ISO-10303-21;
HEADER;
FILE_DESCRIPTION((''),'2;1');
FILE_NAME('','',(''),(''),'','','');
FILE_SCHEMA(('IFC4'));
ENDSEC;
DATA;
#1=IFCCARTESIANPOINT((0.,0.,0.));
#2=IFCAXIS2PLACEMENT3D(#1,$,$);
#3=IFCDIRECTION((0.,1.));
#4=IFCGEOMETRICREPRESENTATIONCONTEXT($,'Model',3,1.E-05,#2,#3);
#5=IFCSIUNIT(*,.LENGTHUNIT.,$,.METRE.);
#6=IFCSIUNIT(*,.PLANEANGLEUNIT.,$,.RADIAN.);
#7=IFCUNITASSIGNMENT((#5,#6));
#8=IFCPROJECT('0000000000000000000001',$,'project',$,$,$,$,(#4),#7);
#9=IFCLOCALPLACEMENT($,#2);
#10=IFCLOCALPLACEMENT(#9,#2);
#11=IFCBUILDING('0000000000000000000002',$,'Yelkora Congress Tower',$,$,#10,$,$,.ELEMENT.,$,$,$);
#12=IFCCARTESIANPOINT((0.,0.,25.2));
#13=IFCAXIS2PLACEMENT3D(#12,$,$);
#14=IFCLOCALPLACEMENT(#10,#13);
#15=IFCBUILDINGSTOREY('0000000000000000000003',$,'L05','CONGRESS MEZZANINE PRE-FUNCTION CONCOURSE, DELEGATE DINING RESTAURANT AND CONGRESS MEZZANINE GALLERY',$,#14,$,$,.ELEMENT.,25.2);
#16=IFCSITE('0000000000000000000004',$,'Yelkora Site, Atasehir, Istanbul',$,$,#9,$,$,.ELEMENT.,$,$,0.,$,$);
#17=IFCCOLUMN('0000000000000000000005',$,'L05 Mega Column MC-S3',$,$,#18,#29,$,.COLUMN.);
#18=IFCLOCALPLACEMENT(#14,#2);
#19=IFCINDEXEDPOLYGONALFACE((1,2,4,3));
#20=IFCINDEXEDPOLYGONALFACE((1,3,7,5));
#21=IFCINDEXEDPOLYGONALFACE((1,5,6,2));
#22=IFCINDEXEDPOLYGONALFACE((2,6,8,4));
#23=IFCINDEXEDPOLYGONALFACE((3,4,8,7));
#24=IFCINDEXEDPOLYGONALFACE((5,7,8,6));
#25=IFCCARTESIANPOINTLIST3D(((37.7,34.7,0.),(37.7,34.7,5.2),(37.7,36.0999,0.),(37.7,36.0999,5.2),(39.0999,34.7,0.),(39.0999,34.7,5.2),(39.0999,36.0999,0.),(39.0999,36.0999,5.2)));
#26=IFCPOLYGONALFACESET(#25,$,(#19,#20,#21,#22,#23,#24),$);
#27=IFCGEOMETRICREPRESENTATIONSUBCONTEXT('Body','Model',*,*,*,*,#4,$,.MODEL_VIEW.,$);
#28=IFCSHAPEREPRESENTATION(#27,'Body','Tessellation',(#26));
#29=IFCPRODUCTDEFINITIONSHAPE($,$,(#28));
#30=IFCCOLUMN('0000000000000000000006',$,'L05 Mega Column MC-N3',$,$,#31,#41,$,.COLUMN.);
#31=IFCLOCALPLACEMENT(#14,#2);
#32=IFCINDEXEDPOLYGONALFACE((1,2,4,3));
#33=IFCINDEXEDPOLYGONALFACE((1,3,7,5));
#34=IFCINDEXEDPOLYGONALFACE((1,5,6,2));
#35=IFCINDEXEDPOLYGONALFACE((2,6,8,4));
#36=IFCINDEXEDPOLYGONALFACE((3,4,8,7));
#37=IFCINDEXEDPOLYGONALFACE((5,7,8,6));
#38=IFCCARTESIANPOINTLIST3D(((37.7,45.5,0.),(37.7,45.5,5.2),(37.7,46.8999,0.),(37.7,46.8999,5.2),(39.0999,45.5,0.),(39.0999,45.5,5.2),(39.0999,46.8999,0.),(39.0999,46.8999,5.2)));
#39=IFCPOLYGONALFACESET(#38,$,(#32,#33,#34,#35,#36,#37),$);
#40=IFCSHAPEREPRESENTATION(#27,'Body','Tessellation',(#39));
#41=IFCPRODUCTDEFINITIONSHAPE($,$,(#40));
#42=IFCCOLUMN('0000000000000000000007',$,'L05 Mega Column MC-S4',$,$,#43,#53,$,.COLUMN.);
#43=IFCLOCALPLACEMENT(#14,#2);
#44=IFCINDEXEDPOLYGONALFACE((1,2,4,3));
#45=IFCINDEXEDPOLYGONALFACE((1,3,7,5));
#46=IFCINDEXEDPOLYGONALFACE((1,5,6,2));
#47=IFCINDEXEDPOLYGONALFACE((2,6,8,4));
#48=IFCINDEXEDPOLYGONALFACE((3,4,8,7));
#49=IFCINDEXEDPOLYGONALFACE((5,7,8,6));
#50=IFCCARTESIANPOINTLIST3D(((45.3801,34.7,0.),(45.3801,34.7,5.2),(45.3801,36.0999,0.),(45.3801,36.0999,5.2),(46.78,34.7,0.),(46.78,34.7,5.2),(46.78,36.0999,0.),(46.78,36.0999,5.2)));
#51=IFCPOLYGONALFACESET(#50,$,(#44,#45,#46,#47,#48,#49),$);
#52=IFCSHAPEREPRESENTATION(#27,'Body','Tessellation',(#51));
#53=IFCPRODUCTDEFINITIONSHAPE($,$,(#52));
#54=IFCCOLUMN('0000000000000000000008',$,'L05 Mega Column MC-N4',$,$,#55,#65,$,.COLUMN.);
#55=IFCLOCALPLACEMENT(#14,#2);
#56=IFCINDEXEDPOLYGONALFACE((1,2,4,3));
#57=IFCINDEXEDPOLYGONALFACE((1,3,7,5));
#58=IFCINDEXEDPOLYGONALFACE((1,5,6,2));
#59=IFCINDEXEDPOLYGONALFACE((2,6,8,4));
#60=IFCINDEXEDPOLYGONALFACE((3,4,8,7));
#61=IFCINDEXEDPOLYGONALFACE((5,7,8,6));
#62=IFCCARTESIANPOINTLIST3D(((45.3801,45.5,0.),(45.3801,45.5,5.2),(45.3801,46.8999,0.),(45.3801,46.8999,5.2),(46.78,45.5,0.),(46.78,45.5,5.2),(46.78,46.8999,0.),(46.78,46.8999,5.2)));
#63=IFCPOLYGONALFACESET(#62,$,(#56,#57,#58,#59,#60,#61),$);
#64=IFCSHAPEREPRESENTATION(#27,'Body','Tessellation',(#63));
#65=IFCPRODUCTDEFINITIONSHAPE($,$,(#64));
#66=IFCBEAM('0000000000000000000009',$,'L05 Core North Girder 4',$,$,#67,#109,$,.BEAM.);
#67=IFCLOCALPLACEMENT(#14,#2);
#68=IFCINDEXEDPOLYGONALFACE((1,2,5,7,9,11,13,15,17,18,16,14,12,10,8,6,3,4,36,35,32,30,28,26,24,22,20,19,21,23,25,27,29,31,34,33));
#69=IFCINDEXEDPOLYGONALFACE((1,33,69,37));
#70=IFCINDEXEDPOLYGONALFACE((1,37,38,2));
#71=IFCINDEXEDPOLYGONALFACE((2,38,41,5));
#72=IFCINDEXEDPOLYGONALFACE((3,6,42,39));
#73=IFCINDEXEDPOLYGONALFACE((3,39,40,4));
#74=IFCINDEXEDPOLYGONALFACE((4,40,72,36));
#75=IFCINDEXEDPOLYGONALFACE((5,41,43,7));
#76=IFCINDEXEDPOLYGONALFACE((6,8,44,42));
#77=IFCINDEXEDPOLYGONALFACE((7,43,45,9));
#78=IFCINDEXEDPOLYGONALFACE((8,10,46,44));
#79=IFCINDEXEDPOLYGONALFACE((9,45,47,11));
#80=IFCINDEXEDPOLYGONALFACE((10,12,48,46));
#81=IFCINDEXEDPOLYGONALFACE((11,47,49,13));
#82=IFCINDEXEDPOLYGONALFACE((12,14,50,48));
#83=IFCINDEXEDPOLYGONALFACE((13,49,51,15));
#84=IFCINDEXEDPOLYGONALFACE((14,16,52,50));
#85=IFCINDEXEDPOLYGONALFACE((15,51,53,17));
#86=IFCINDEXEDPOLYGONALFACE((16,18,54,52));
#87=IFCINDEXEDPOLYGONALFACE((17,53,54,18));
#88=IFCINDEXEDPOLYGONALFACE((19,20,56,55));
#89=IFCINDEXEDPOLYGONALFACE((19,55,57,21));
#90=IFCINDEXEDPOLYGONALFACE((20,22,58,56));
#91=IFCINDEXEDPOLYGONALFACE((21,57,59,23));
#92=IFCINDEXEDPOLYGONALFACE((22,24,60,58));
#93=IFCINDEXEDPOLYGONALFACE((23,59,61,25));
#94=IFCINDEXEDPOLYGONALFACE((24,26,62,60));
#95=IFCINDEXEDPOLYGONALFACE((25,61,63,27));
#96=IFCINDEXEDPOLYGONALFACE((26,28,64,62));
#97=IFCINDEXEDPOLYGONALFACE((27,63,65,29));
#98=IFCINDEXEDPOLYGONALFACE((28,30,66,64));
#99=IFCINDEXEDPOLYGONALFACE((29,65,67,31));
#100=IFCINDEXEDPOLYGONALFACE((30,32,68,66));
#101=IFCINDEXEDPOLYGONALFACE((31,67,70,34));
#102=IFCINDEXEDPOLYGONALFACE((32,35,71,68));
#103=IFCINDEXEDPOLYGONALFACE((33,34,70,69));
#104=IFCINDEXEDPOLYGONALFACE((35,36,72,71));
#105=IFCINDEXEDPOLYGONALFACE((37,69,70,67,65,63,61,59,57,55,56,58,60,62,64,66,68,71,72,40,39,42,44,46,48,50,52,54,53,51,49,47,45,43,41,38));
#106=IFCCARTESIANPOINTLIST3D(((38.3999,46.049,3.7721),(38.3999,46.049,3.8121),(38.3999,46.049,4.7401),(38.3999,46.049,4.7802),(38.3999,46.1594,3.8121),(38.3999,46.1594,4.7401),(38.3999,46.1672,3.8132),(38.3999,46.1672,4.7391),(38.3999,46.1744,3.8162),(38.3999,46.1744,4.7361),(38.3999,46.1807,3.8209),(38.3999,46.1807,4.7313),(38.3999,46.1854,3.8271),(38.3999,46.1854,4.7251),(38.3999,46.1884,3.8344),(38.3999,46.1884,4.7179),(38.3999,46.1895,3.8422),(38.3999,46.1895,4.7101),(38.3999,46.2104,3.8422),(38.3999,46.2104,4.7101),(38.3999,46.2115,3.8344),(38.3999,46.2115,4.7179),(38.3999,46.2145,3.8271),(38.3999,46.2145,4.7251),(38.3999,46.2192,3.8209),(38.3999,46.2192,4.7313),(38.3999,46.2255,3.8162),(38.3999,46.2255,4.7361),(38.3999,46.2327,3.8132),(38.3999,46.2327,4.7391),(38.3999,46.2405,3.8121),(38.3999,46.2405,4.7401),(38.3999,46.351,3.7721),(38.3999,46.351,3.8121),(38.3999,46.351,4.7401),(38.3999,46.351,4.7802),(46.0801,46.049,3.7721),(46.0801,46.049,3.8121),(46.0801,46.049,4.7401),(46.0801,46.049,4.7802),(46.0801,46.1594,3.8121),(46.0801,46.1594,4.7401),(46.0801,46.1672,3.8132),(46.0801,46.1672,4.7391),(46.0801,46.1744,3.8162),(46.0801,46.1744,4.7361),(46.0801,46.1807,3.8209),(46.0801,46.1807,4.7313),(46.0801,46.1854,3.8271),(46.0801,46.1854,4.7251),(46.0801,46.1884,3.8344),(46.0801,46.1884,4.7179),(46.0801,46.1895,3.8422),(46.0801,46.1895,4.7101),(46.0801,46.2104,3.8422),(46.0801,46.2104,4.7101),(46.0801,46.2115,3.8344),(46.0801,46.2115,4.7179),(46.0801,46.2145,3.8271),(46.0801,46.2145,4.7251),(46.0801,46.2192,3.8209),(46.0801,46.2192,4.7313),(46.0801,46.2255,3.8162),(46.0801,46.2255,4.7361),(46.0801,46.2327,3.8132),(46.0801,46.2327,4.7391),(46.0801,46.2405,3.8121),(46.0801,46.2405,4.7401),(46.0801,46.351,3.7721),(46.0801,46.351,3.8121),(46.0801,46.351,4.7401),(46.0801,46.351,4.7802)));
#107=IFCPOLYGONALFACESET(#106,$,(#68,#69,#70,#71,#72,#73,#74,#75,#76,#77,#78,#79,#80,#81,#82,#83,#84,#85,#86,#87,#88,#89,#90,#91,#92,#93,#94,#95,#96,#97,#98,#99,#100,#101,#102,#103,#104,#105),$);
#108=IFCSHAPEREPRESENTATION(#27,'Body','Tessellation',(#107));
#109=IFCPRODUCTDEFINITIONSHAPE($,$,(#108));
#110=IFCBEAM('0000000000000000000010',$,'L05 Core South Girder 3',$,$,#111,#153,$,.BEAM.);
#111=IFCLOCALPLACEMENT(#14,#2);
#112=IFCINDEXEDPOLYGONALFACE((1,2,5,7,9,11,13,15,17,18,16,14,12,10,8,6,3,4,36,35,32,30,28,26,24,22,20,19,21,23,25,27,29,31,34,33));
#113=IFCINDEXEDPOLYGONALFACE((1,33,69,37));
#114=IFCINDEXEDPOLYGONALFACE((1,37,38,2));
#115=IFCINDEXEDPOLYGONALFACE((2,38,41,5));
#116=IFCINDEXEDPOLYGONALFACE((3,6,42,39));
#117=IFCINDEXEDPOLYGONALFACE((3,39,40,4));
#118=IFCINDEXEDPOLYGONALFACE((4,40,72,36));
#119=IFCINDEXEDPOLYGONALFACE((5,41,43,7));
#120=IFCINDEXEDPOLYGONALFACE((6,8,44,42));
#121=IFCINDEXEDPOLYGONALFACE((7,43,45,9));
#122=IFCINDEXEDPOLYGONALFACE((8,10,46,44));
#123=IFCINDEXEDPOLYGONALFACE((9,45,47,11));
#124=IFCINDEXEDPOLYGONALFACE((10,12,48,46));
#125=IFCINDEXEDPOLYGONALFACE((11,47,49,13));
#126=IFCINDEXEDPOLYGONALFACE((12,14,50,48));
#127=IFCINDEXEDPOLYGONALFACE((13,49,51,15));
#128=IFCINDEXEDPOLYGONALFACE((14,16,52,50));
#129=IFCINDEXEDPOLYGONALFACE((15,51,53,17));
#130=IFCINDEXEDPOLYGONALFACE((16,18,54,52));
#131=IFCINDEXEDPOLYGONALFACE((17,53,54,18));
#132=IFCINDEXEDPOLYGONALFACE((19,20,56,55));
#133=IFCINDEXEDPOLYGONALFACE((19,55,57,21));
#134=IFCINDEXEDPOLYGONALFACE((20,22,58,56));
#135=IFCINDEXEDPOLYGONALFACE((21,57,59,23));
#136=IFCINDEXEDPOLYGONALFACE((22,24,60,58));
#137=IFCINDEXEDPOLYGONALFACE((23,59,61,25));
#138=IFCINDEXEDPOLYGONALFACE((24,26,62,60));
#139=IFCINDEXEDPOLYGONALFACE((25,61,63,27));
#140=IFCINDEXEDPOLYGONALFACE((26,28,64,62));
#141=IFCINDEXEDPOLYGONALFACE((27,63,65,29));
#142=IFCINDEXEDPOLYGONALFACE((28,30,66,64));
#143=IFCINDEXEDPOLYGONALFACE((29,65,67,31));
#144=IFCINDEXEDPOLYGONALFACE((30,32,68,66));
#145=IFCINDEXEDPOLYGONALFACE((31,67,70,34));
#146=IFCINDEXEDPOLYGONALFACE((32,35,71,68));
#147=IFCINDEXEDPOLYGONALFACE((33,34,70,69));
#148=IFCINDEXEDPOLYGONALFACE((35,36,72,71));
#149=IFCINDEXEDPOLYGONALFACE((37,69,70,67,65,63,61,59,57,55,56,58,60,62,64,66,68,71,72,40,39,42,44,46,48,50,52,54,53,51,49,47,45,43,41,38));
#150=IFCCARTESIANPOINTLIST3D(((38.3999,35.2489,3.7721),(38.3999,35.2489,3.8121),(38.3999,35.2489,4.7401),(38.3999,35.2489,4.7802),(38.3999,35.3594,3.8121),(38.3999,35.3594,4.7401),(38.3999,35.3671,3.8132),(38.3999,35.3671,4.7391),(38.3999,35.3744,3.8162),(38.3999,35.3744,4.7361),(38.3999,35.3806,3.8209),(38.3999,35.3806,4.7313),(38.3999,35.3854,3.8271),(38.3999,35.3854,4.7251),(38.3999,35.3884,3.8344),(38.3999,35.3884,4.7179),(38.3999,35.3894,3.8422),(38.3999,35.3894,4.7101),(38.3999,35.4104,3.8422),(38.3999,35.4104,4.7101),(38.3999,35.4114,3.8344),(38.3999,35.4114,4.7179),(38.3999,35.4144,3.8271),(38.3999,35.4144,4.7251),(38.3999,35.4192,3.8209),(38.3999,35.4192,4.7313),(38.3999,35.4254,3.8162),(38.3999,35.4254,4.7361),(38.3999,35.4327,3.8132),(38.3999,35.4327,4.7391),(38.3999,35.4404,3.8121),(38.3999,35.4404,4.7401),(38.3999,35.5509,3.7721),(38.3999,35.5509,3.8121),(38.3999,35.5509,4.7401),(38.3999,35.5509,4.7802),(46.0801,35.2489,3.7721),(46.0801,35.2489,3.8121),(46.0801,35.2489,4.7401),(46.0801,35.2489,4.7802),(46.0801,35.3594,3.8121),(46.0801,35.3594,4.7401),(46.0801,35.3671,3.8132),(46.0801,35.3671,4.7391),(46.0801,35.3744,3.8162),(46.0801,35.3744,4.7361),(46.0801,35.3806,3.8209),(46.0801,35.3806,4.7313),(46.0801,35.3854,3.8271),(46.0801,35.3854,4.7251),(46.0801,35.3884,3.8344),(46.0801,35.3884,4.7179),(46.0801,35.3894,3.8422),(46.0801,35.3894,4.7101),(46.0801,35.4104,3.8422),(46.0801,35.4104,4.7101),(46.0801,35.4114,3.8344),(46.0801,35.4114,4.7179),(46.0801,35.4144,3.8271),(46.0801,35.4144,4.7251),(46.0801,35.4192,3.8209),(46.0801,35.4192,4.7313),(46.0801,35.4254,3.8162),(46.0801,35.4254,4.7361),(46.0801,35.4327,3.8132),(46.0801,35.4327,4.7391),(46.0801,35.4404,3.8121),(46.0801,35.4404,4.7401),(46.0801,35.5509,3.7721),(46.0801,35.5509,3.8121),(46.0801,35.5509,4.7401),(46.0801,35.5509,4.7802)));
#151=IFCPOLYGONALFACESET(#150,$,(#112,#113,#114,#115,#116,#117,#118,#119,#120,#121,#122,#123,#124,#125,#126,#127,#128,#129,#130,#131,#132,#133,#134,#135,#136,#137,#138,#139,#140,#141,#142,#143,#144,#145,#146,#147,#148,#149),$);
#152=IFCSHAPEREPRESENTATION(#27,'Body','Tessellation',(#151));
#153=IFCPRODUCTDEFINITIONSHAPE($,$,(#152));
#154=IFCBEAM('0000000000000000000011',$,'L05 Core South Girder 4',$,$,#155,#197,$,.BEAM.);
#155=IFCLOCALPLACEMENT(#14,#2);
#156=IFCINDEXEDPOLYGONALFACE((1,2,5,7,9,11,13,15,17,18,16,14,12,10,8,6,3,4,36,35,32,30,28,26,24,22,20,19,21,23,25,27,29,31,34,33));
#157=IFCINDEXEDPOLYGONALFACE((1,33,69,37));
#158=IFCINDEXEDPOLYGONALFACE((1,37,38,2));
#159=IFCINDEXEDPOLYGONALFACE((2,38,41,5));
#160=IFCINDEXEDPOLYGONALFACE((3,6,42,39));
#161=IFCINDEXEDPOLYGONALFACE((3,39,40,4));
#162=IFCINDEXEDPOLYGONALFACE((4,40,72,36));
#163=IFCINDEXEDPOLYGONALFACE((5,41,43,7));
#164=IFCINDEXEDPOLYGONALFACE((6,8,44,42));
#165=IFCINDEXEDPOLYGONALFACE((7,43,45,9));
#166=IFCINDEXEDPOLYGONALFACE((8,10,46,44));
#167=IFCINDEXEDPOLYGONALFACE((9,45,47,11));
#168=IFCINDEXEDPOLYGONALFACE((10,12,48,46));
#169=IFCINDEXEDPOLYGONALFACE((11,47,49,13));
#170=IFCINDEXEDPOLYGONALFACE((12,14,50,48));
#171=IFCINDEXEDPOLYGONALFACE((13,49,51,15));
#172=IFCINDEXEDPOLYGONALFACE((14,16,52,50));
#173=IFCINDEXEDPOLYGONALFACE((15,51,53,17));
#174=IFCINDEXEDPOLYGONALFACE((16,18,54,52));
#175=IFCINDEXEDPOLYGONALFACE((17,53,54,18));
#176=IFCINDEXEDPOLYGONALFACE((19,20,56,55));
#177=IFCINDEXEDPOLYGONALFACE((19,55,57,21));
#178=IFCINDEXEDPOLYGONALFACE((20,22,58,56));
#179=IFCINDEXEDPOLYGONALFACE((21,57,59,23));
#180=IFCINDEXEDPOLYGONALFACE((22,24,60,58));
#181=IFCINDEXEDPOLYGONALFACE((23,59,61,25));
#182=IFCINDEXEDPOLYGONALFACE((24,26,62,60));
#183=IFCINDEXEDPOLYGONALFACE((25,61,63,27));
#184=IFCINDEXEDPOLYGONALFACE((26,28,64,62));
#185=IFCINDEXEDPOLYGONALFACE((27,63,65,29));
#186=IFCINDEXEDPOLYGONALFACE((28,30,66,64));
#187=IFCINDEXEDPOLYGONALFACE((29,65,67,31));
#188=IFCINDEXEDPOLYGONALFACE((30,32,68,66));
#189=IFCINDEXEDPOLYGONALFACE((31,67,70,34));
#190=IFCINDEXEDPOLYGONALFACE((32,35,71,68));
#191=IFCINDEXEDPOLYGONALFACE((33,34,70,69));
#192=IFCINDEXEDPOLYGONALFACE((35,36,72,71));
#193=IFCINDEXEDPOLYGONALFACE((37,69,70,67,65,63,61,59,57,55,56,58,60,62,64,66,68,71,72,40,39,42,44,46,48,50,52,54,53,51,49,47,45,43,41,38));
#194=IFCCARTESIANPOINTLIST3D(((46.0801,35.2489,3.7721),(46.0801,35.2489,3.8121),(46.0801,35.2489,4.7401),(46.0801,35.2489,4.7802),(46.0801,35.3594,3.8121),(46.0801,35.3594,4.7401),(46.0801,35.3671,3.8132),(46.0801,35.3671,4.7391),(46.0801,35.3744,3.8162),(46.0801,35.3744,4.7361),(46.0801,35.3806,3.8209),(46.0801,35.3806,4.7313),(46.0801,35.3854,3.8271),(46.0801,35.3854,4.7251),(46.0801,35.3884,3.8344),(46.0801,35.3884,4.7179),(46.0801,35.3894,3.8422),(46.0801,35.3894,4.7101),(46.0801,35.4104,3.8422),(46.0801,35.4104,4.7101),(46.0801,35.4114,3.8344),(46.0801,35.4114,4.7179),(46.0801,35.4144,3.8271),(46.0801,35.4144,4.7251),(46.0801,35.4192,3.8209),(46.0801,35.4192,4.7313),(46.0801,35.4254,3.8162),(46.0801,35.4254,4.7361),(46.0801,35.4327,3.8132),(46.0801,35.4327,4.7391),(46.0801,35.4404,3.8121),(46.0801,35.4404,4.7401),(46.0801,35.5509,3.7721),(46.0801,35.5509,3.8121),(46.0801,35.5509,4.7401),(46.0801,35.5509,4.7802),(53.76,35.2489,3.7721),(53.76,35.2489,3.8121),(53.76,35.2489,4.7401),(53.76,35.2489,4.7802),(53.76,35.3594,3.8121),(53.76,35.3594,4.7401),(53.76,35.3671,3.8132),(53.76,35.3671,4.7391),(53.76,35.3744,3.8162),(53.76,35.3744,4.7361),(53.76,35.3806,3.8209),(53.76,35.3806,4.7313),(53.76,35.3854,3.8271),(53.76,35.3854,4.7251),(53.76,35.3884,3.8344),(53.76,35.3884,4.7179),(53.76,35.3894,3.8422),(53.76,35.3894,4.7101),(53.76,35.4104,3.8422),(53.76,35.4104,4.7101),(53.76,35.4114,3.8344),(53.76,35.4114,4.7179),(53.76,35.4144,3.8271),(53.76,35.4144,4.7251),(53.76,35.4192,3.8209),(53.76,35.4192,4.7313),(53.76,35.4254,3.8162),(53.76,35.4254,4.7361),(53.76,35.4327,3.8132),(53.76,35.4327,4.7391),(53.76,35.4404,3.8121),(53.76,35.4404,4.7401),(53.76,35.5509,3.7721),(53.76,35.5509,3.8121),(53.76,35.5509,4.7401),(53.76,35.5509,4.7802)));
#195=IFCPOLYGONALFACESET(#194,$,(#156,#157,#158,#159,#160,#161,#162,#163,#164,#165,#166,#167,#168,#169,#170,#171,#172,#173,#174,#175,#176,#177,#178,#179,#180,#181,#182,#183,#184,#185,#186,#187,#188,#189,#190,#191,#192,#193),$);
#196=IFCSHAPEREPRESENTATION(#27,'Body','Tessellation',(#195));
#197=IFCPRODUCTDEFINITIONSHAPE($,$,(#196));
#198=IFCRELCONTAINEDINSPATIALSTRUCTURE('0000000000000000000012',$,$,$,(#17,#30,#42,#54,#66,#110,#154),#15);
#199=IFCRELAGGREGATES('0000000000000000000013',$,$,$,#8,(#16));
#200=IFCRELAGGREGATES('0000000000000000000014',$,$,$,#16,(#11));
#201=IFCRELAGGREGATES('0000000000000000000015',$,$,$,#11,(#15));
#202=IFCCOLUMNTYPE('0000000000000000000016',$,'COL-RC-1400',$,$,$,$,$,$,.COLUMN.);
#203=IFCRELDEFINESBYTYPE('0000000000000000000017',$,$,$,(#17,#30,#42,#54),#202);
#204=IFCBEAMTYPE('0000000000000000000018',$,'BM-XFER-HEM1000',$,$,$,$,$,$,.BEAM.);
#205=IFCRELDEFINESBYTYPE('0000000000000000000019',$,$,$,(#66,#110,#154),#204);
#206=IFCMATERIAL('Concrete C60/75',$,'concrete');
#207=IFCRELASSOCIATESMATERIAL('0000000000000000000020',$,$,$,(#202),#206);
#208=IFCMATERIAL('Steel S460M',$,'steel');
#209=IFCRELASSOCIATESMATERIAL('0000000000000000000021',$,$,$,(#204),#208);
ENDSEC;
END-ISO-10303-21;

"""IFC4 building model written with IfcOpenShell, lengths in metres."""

from ifc_helpers import new_model, si_unit, direction, frame, origin, origin_2d, place, context, subcontext, project, spatial, rectangle, i_section, extrude, material, material_profile, profile_set, type_object, element, save


model = new_model("IFC4")

# Units and contexts
model_context = context("Model", 3, precision=1e-05, world=origin(), true_north=direction((0.0, 1.0)))
body_context = subcontext(model_context, "Body", "Model", "MODEL_VIEW")
ifc_project = project(units=[si_unit("LENGTHUNIT", "METRE"), si_unit("PLANEANGLEUNIT", "RADIAN")], contexts=[model_context])

# Site, building, storey
site_placement = place(None, origin())
site = spatial("IfcSite", under=ifc_project, at=site_placement, Name="Yelkora Site, Atasehir, Istanbul", CompositionType="ELEMENT", RefElevation=0.0)
building_placement = place(site_placement, origin())
building = spatial("IfcBuilding", under=site, at=building_placement, Name="Yelkora Congress Tower", CompositionType="ELEMENT")
storey_placement = place(building_placement, frame((0.0, 0.0, 25.2)))
storey = spatial("IfcBuildingStorey", under=building, at=storey_placement, Name="L05", Description="CONGRESS MEZZANINE PRE-FUNCTION CONCOURSE, DELEGATE DINING RESTAURANT AND CONGRESS MEZZANINE GALLERY", CompositionType="ELEMENT", Elevation=25.2)

# Columns
ifc_material_1 = material(Name="Concrete C60/75", Category="concrete")
ifc_material_profile_1 = material_profile(ifc_material_1, rectangle(XDim=1.3999, YDim=1.3999, at=origin_2d()), Name="RC 1400x1400")
ifc_profile_set_1 = profile_set([ifc_material_profile_1], Name="Concrete C60/75")
column_type = type_object("IfcColumnType", Name="COL-RC-1400", PredefinedType="COLUMN", material=ifc_profile_set_1)
for number, where, z_axis, x_axis, name in (
    (1, (38.3999, 35.3999, 0.0), (0.0, 0.0, 1.0), (1.0, 0.0, 0.0), "L05 Mega Column MC-S3"),
    (2, (38.3999, 46.2, 0.0), (0.0, 0.0, 1.0), (1.0, 0.0, 0.0), "L05 Mega Column MC-N3"),
    (3, (46.0801, 35.3999, 0.0), (0.0, 0.0, 1.0), (1.0, 0.0, 0.0), "L05 Mega Column MC-S4"),
    (4, (46.0801, 46.2, 0.0), (0.0, 0.0, 1.0), (1.0, 0.0, 0.0), "L05 Mega Column MC-N4"),
):
    element("IfcColumn", number, at=place(storey_placement, frame(where, z_axis=z_axis, x_axis=x_axis)), inside=storey, type_object=column_type, Name=name, PredefinedType="COLUMN", context=body_context, shape_type="SweptSolid", body=[
        extrude(rectangle(XDim=1.3999, YDim=1.3999, at=origin_2d()), origin(), (0.0, 0.0, 1.0), 5.2),
    ])

# Beams
ifc_material_2 = material(Name="Steel S460M", Category="steel")
ifc_material_profile_2 = material_profile(ifc_material_2, i_section(OverallWidth=0.302, OverallDepth=1.0081, WebThickness=0.021, FlangeThickness=0.04, FilletRadius=0.03, at=origin_2d()), Name="HEM 1000")
ifc_profile_set_2 = profile_set([ifc_material_profile_2], Name="Steel S460M")
beam_type = type_object("IfcBeamType", Name="BM-XFER-HEM1000", PredefinedType="BEAM", material=ifc_profile_set_2)
for number, where, z_axis, x_axis, name in (
    (5, (38.3999, 46.2, 4.2761), (1.0, 0.0, 0.0), (0.0, 1.0, 0.0), "L05 Core North Girder 4"),
    (6, (38.3999, 35.3999, 4.2761), (1.0, 0.0, 0.0), (0.0, 1.0, 0.0), "L05 Core South Girder 3"),
):
    element("IfcBeam", number, at=place(storey_placement, frame(where, z_axis=z_axis, x_axis=x_axis)), inside=storey, type_object=beam_type, Name=name, PredefinedType="BEAM", context=body_context, shape_type="SweptSolid", body=[
        extrude(i_section(OverallWidth=0.302, OverallDepth=1.0081, WebThickness=0.021, FlangeThickness=0.04, FilletRadius=0.03, at=origin_2d()), origin(), (0.0, 0.0, 1.0), 7.6802),
    ])
beam_placement = place(storey_placement, frame((46.0801, 35.3999, 4.2761), z_axis=(1.0, 0.0, 0.0), x_axis=(0.0, 1.0, 0.0)))
element("IfcBeam", 7, at=beam_placement, inside=storey, type_object=beam_type, Name="L05 Core South Girder 4", PredefinedType="BEAM", context=body_context, shape_type="SweptSolid", body=[
    extrude(i_section(OverallWidth=0.302, OverallDepth=1.0081, WebThickness=0.021, FlangeThickness=0.04, FilletRadius=0.03, at=origin_2d()), origin(), (0.0, 0.0, 1.0), 7.6799),
])

save(model, "model.ifc")
